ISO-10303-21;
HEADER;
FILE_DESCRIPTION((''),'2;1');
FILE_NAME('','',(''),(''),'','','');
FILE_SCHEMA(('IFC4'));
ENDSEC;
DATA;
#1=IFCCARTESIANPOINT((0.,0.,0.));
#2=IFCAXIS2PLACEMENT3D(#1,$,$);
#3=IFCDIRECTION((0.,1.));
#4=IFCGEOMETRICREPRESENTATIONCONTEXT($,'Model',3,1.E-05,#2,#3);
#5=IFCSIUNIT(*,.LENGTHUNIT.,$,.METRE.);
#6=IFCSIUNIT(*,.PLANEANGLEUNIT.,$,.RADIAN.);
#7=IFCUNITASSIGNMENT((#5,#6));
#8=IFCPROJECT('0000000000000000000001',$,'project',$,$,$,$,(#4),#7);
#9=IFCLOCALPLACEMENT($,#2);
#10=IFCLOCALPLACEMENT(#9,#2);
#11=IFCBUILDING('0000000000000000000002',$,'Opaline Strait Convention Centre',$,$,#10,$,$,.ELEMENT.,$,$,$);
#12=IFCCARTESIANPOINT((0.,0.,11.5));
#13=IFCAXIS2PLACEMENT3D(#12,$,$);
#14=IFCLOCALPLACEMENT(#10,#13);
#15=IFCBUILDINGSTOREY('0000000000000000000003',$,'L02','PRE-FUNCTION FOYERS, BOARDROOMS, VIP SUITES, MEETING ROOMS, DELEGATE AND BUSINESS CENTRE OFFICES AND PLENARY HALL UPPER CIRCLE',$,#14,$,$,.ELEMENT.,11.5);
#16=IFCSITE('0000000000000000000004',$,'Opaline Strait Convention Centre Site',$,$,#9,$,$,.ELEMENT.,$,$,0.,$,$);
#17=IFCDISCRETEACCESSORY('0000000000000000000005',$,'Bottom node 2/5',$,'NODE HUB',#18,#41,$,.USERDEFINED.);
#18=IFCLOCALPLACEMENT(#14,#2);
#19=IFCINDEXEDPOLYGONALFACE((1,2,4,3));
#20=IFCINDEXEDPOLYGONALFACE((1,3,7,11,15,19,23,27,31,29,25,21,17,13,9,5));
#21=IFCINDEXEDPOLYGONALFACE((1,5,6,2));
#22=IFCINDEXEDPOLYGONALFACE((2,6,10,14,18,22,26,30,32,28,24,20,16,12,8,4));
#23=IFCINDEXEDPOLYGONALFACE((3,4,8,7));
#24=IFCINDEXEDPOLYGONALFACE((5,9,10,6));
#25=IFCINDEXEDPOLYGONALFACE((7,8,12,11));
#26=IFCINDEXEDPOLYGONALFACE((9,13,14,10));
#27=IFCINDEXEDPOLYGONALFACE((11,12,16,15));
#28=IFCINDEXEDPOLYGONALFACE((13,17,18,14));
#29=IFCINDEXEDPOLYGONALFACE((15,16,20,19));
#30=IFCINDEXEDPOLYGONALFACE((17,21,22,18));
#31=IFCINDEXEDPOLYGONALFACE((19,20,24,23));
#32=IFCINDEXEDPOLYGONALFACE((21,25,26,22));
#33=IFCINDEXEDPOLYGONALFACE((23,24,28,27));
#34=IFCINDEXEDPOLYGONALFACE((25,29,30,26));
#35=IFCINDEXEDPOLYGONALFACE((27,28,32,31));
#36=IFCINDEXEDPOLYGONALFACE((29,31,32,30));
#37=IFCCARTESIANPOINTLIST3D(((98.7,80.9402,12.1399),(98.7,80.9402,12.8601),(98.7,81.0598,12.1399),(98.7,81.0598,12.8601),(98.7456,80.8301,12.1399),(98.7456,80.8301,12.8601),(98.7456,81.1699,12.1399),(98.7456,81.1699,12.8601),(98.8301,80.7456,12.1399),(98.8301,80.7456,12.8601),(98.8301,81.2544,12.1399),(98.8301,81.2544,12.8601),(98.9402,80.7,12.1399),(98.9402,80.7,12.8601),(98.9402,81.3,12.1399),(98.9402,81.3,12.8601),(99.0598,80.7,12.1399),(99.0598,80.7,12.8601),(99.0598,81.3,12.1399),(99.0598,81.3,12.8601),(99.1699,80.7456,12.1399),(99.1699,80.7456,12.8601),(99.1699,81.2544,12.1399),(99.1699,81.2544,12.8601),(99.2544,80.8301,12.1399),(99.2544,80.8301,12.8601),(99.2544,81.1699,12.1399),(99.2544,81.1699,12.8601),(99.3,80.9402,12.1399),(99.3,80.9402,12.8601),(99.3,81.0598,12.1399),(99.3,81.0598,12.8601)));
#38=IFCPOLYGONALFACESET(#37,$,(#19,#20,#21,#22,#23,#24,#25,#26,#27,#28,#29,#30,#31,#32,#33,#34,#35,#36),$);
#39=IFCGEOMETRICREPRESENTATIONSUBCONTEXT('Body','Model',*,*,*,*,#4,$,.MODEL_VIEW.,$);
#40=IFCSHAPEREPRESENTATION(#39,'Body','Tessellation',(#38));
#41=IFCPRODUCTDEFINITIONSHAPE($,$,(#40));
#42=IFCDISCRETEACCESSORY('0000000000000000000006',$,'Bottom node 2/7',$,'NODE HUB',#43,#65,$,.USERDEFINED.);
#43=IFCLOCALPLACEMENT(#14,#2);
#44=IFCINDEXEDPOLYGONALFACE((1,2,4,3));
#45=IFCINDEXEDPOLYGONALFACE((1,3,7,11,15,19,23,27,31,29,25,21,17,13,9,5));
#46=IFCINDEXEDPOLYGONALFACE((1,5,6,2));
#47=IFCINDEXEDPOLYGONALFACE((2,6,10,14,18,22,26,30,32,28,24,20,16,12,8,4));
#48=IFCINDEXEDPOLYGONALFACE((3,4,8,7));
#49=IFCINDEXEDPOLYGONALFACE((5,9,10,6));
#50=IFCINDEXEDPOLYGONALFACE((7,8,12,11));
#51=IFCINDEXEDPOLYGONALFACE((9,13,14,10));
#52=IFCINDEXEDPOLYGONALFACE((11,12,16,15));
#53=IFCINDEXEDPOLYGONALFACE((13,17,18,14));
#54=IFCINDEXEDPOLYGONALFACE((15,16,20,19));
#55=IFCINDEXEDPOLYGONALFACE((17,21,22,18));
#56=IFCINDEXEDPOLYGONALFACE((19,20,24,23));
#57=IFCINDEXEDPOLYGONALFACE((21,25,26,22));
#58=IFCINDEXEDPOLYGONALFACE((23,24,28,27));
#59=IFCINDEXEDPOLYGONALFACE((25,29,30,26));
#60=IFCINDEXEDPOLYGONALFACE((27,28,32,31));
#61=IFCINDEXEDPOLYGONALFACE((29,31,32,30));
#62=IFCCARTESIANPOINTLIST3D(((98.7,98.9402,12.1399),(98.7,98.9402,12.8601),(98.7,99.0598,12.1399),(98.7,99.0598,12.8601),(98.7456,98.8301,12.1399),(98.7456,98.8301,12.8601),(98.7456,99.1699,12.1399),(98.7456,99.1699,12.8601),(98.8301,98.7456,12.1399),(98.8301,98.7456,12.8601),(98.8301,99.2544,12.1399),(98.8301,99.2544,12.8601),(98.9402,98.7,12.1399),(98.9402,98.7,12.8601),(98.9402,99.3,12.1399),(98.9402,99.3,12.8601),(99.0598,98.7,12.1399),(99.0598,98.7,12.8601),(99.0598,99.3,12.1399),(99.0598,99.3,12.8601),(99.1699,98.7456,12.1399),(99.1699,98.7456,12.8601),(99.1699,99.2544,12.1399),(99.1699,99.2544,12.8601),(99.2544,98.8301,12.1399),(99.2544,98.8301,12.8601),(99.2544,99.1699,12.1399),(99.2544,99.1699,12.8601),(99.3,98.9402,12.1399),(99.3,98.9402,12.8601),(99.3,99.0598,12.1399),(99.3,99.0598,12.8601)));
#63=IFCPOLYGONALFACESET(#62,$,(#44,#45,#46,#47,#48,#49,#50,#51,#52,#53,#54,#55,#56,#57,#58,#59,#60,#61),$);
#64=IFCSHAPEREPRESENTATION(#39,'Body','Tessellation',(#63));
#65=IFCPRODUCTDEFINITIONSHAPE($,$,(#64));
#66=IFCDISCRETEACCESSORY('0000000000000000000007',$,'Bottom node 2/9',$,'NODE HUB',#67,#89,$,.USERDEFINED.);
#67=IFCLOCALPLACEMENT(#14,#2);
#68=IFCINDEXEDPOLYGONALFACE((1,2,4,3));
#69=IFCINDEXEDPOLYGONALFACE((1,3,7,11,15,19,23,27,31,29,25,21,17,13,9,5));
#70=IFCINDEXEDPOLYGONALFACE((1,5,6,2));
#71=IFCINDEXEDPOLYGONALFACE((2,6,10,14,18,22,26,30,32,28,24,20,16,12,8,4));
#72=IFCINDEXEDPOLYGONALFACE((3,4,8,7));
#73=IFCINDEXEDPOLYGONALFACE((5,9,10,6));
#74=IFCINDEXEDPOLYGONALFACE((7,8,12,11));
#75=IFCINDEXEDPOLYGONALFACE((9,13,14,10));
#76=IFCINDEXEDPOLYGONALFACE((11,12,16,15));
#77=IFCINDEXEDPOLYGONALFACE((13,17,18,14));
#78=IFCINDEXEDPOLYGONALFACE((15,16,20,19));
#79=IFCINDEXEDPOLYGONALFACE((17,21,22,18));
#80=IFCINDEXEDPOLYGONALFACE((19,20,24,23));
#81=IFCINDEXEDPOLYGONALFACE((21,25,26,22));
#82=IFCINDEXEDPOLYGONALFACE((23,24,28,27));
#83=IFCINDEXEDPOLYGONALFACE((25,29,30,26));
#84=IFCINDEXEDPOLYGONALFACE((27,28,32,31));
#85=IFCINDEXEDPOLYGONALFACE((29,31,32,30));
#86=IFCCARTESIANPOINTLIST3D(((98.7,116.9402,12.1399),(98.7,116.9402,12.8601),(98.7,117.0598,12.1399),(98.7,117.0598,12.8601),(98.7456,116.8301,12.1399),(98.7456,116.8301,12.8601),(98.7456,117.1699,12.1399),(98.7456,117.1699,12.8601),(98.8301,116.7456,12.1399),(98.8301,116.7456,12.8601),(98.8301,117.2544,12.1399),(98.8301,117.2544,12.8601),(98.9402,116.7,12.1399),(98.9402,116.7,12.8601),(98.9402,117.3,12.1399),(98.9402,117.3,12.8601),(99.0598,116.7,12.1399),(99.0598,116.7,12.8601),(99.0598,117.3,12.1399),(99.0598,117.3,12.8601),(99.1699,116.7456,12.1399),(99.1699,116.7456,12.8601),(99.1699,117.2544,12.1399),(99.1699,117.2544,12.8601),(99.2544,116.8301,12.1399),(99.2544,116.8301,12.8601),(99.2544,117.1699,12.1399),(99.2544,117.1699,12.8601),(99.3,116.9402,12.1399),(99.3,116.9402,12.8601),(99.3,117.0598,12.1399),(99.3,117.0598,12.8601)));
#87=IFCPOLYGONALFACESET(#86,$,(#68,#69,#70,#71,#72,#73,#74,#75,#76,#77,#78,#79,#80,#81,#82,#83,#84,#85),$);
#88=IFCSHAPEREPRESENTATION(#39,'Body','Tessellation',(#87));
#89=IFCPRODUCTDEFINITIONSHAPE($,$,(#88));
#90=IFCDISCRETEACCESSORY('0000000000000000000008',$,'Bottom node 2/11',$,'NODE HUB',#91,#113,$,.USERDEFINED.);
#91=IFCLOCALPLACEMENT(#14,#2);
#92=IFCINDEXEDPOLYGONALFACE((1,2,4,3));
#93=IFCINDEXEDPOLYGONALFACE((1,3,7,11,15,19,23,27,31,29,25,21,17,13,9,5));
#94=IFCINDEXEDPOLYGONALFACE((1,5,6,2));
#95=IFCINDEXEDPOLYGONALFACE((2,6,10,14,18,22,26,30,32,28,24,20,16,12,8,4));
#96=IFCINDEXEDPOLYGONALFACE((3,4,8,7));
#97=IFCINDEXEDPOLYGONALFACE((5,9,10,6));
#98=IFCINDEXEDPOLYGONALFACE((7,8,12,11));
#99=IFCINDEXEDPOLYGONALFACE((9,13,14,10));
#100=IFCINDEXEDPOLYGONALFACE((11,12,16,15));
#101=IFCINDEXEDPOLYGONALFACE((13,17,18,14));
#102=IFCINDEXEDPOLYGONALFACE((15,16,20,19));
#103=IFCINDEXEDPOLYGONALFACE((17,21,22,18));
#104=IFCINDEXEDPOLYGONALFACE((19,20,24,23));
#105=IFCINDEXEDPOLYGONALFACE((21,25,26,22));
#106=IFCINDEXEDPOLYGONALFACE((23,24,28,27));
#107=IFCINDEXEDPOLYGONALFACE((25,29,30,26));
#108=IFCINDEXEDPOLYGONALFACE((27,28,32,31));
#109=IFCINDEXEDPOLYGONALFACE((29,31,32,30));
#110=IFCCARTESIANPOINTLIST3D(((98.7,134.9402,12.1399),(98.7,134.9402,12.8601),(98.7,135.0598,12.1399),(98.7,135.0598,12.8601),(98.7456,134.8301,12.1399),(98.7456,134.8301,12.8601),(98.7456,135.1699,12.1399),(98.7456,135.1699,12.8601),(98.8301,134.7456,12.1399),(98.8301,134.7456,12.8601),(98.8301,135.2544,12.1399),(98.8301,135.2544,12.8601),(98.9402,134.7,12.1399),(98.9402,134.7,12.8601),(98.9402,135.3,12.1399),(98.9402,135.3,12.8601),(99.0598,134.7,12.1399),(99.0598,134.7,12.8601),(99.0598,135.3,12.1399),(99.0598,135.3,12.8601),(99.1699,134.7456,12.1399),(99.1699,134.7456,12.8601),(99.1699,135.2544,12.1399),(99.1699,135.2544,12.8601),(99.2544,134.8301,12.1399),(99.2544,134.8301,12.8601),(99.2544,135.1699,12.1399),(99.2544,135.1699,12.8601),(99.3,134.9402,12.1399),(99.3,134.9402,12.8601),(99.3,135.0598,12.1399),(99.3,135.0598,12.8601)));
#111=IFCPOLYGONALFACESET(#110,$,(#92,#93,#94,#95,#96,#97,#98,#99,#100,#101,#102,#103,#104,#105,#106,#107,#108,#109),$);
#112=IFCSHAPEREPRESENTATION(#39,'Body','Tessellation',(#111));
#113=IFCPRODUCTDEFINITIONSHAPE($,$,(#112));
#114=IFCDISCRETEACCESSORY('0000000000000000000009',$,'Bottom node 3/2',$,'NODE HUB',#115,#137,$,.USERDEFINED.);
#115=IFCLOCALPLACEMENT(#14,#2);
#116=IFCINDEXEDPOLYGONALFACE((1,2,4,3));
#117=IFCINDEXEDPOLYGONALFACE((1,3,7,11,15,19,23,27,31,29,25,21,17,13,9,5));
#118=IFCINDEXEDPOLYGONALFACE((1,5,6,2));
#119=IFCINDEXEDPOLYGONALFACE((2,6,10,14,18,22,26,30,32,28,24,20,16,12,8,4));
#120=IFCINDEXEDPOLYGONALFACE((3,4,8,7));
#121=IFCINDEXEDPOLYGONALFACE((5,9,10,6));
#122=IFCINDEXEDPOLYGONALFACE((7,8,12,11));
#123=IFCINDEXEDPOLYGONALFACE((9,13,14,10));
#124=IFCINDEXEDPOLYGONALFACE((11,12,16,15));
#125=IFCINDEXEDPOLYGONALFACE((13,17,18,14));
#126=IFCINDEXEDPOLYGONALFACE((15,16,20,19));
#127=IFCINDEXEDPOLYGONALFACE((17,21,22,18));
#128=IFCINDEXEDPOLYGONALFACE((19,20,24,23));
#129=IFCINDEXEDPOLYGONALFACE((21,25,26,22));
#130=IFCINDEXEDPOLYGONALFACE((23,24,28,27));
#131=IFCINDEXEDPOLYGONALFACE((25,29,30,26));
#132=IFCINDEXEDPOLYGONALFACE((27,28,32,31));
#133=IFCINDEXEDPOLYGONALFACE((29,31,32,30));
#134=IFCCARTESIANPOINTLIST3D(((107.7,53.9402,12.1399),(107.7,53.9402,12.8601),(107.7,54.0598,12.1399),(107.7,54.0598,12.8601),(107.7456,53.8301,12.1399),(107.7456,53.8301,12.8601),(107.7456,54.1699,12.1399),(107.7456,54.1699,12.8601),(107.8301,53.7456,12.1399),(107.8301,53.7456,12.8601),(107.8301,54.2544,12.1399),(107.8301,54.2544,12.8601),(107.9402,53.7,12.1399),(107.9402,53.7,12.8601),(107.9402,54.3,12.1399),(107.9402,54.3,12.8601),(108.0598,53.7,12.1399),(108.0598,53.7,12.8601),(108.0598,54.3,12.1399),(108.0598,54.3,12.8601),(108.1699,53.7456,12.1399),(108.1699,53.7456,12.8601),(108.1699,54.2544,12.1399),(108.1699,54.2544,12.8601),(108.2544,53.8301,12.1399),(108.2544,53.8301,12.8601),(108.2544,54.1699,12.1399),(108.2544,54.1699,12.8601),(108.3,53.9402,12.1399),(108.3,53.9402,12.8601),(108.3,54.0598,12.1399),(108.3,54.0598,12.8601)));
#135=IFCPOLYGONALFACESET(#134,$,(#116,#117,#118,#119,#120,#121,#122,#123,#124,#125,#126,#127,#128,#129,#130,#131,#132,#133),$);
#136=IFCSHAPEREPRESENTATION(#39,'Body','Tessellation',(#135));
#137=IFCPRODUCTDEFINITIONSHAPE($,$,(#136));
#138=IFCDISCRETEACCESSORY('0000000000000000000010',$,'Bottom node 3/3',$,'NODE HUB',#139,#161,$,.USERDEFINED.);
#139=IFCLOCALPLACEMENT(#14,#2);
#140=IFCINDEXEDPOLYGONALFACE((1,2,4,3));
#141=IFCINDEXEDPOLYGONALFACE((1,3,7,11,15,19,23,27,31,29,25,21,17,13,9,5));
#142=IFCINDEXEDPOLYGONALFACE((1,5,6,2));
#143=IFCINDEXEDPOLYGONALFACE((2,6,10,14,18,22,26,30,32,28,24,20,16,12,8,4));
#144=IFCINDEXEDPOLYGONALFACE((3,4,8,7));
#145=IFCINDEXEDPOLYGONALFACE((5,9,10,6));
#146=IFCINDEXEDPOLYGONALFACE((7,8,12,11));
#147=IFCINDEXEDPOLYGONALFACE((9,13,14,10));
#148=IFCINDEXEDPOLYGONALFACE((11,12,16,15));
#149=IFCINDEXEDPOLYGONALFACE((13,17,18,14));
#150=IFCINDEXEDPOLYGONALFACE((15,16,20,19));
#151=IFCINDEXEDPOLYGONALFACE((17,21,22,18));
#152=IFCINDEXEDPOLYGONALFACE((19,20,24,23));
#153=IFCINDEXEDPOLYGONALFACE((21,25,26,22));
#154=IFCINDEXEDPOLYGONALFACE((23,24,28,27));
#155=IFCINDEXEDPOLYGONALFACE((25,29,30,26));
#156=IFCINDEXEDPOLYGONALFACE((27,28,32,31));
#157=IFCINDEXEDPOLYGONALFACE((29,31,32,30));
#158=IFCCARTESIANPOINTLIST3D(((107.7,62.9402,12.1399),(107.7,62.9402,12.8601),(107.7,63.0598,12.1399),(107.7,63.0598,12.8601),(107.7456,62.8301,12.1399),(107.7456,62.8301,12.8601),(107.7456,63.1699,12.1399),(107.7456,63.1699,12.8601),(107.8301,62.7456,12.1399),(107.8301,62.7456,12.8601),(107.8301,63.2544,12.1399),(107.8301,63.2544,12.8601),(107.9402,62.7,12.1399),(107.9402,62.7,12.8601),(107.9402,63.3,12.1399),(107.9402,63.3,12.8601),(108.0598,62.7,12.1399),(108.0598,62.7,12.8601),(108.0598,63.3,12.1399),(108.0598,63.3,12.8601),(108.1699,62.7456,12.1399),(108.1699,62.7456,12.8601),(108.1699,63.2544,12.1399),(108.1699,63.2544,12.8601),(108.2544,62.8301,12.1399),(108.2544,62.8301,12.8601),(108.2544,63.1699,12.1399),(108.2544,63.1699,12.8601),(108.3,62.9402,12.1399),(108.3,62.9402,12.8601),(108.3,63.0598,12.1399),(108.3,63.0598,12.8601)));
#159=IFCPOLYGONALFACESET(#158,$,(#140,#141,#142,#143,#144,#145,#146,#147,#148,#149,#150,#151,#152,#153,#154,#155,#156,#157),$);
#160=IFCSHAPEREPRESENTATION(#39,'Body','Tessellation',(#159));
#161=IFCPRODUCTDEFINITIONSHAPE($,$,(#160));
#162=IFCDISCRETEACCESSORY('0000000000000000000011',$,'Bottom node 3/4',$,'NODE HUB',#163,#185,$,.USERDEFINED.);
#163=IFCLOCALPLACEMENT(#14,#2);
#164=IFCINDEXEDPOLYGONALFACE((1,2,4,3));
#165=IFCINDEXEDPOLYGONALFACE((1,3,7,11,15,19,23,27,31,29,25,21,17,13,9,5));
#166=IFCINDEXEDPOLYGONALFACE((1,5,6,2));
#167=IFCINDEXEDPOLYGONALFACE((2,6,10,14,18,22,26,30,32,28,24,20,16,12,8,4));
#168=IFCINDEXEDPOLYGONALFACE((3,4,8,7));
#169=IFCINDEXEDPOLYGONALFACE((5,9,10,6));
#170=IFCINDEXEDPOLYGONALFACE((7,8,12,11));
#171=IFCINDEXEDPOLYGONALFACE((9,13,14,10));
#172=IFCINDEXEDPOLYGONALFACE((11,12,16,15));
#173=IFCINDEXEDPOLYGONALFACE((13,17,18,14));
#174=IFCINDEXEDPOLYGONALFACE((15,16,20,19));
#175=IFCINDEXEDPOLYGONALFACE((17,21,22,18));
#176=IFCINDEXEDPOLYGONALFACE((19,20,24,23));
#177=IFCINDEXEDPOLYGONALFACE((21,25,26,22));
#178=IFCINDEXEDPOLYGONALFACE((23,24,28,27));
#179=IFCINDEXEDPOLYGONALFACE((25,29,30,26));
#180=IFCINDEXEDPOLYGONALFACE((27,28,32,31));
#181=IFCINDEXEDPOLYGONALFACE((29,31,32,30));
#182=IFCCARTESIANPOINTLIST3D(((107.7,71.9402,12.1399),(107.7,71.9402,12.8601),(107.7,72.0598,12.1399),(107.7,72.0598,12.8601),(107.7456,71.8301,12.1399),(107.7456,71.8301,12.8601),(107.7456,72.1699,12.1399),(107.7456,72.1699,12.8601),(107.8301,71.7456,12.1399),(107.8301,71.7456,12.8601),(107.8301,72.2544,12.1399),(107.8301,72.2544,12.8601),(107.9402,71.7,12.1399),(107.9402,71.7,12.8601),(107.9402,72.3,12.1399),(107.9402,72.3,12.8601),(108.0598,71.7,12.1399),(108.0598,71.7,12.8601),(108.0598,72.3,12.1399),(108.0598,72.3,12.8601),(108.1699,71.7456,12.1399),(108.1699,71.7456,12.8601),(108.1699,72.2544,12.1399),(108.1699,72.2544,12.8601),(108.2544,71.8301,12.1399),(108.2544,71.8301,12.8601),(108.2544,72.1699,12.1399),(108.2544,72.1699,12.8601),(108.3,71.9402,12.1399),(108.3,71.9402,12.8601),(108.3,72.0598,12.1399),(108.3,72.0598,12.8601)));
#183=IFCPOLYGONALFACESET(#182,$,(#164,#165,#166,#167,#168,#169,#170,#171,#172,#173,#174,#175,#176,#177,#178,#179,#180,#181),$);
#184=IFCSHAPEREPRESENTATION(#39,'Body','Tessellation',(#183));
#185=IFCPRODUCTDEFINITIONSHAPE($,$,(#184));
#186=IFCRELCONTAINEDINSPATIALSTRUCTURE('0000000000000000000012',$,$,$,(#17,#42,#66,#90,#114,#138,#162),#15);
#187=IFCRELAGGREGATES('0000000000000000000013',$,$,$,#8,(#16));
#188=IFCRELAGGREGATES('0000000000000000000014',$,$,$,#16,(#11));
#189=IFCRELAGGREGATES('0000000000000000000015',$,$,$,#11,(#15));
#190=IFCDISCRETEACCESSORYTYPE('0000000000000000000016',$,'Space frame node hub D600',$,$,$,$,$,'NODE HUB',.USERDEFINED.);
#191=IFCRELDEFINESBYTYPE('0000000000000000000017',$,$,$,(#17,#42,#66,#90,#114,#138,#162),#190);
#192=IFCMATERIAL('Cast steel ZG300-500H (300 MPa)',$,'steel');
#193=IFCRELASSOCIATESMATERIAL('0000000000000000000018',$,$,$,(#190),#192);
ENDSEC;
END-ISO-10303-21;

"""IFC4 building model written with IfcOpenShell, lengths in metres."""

from ifc_helpers import new_model, si_unit, direction, frame, origin, place, context, subcontext, project, spatial, polyline, outline, extrude, material, type_object, element, save


model = new_model("IFC4")

# Units and contexts
model_context = context("Model", 3, precision=1e-05, world=origin(), true_north=direction((0.0, 1.0)))
body_context = subcontext(model_context, "Body", "Model", "MODEL_VIEW")
ifc_project = project(units=[si_unit("LENGTHUNIT", "METRE"), si_unit("PLANEANGLEUNIT", "RADIAN")], contexts=[model_context])

# Site, building, storey
site_placement = place(None, origin())
site = spatial("IfcSite", under=ifc_project, at=site_placement, Name="Opaline Strait Convention Centre Site", CompositionType="ELEMENT", RefElevation=0.0)
building_placement = place(site_placement, origin())
building = spatial("IfcBuilding", under=site, at=building_placement, Name="Opaline Strait Convention Centre", CompositionType="ELEMENT")
storey_placement = place(building_placement, frame((0.0, 0.0, 11.5)))
storey = spatial("IfcBuildingStorey", under=building, at=storey_placement, Name="L02", Description="PRE-FUNCTION FOYERS, BOARDROOMS, VIP SUITES, MEETING ROOMS, DELEGATE AND BUSINESS CENTRE OFFICES AND PLENARY HALL UPPER CIRCLE", CompositionType="ELEMENT", Elevation=11.5)

# Discrete accessories
ifc_material = material(Name="Cast steel ZG300-500H (300 MPa)", Category="steel")
discrete_accessory_type_1 = type_object("IfcDiscreteAccessoryType", Name="Space frame node hub D600", ElementType="NODE HUB", PredefinedType="USERDEFINED", material=ifc_material)
discrete_accessory_1_placement = place(storey_placement, frame((0.0, 0.0, 12.1399)))
element("IfcDiscreteAccessory", 1, at=discrete_accessory_1_placement, inside=storey, type_object=discrete_accessory_type_1, Name="Bottom node 2/5", ObjectType="NODE HUB", PredefinedType="USERDEFINED", context=body_context, shape_type="SweptSolid", body=[
    extrude(outline(polyline([(99.3, 81.0598), (99.2544, 81.1699), (99.1699, 81.2544), (99.0598, 81.3), (98.9402, 81.3), (98.8301, 81.2544), (98.7456, 81.1699), (98.7, 81.0598), (98.7, 80.9402), (98.7456, 80.8301), (98.8301, 80.7456), (98.9402, 80.7), (99.0598, 80.7), (99.1699, 80.7456), (99.2544, 80.8301), (99.3, 80.9402), (99.3, 81.0598)])), origin(), (0.0, 0.0, 1.0), 0.7202),
])
discrete_accessory_2_placement = place(storey_placement, frame((0.0, 0.0, 12.1399)))
element("IfcDiscreteAccessory", 2, at=discrete_accessory_2_placement, inside=storey, type_object=discrete_accessory_type_1, Name="Bottom node 2/7", ObjectType="NODE HUB", PredefinedType="USERDEFINED", context=body_context, shape_type="SweptSolid", body=[
    extrude(outline(polyline([(99.3, 99.0598), (99.2544, 99.1699), (99.1699, 99.2544), (99.0598, 99.3), (98.9402, 99.3), (98.8301, 99.2544), (98.7456, 99.1699), (98.7, 99.0598), (98.7, 98.9402), (98.7456, 98.8301), (98.8301, 98.7456), (98.9402, 98.7), (99.0598, 98.7), (99.1699, 98.7456), (99.2544, 98.8301), (99.3, 98.9402), (99.3, 99.0598)])), origin(), (0.0, 0.0, 1.0), 0.7202),
])
discrete_accessory_3_placement = place(storey_placement, frame((0.0, 0.0, 12.1399)))
element("IfcDiscreteAccessory", 3, at=discrete_accessory_3_placement, inside=storey, type_object=discrete_accessory_type_1, Name="Bottom node 2/9", ObjectType="NODE HUB", PredefinedType="USERDEFINED", context=body_context, shape_type="SweptSolid", body=[
    extrude(outline(polyline([(99.3, 117.0598), (99.2544, 117.1699), (99.1699, 117.2544), (99.0598, 117.3), (98.9402, 117.3), (98.8301, 117.2544), (98.7456, 117.1699), (98.7, 117.0598), (98.7, 116.9402), (98.7456, 116.8301), (98.8301, 116.7456), (98.9402, 116.7), (99.0598, 116.7), (99.1699, 116.7456), (99.2544, 116.8301), (99.3, 116.9402), (99.3, 117.0598)])), origin(), (0.0, 0.0, 1.0), 0.7202),
])
discrete_accessory_4_placement = place(storey_placement, frame((0.0, 0.0, 12.1399)))
element("IfcDiscreteAccessory", 4, at=discrete_accessory_4_placement, inside=storey, type_object=discrete_accessory_type_1, Name="Bottom node 2/11", ObjectType="NODE HUB", PredefinedType="USERDEFINED", context=body_context, shape_type="SweptSolid", body=[
    extrude(outline(polyline([(99.3, 135.0598), (99.2544, 135.1699), (99.1699, 135.2544), (99.0598, 135.3), (98.9402, 135.3), (98.8301, 135.2544), (98.7456, 135.1699), (98.7, 135.0598), (98.7, 134.9402), (98.7456, 134.8301), (98.8301, 134.7456), (98.9402, 134.7), (99.0598, 134.7), (99.1699, 134.7456), (99.2544, 134.8301), (99.3, 134.9402), (99.3, 135.0598)])), origin(), (0.0, 0.0, 1.0), 0.7202),
])
discrete_accessory_5_placement = place(storey_placement, frame((0.0, 0.0, 12.1399)))
element("IfcDiscreteAccessory", 5, at=discrete_accessory_5_placement, inside=storey, type_object=discrete_accessory_type_1, Name="Bottom node 3/2", ObjectType="NODE HUB", PredefinedType="USERDEFINED", context=body_context, shape_type="SweptSolid", body=[
    extrude(outline(polyline([(108.3, 54.0598), (108.2544, 54.1699), (108.1699, 54.2544), (108.0598, 54.3), (107.9402, 54.3), (107.8301, 54.2544), (107.7456, 54.1699), (107.7, 54.0598), (107.7, 53.9402), (107.7456, 53.8301), (107.8301, 53.7456), (107.9402, 53.7), (108.0598, 53.7), (108.1699, 53.7456), (108.2544, 53.8301), (108.3, 53.9402), (108.3, 54.0598)])), origin(), (0.0, 0.0, 1.0), 0.7202),
])
discrete_accessory_6_placement = place(storey_placement, frame((0.0, 0.0, 12.1399)))
element("IfcDiscreteAccessory", 6, at=discrete_accessory_6_placement, inside=storey, type_object=discrete_accessory_type_1, Name="Bottom node 3/3", ObjectType="NODE HUB", PredefinedType="USERDEFINED", context=body_context, shape_type="SweptSolid", body=[
    extrude(outline(polyline([(108.3, 63.0598), (108.2544, 63.1699), (108.1699, 63.2544), (108.0598, 63.3), (107.9402, 63.3), (107.8301, 63.2544), (107.7456, 63.1699), (107.7, 63.0598), (107.7, 62.9402), (107.7456, 62.8301), (107.8301, 62.7456), (107.9402, 62.7), (108.0598, 62.7), (108.1699, 62.7456), (108.2544, 62.8301), (108.3, 62.9402), (108.3, 63.0598)])), origin(), (0.0, 0.0, 1.0), 0.7202),
])
discrete_accessory_7_placement = place(storey_placement, frame((0.0, 0.0, 12.1399)))
element("IfcDiscreteAccessory", 7, at=discrete_accessory_7_placement, inside=storey, type_object=discrete_accessory_type_1, Name="Bottom node 3/4", ObjectType="NODE HUB", PredefinedType="USERDEFINED", context=body_context, shape_type="SweptSolid", body=[
    extrude(outline(polyline([(108.3, 72.0598), (108.2544, 72.1699), (108.1699, 72.2544), (108.0598, 72.3), (107.9402, 72.3), (107.8301, 72.2544), (107.7456, 72.1699), (107.7, 72.0598), (107.7, 71.9402), (107.7456, 71.8301), (107.8301, 71.7456), (107.9402, 71.7), (108.0598, 71.7), (108.1699, 71.7456), (108.2544, 71.8301), (108.3, 71.9402), (108.3, 72.0598)])), origin(), (0.0, 0.0, 1.0), 0.7202),
])

save(model, "model.ifc")
